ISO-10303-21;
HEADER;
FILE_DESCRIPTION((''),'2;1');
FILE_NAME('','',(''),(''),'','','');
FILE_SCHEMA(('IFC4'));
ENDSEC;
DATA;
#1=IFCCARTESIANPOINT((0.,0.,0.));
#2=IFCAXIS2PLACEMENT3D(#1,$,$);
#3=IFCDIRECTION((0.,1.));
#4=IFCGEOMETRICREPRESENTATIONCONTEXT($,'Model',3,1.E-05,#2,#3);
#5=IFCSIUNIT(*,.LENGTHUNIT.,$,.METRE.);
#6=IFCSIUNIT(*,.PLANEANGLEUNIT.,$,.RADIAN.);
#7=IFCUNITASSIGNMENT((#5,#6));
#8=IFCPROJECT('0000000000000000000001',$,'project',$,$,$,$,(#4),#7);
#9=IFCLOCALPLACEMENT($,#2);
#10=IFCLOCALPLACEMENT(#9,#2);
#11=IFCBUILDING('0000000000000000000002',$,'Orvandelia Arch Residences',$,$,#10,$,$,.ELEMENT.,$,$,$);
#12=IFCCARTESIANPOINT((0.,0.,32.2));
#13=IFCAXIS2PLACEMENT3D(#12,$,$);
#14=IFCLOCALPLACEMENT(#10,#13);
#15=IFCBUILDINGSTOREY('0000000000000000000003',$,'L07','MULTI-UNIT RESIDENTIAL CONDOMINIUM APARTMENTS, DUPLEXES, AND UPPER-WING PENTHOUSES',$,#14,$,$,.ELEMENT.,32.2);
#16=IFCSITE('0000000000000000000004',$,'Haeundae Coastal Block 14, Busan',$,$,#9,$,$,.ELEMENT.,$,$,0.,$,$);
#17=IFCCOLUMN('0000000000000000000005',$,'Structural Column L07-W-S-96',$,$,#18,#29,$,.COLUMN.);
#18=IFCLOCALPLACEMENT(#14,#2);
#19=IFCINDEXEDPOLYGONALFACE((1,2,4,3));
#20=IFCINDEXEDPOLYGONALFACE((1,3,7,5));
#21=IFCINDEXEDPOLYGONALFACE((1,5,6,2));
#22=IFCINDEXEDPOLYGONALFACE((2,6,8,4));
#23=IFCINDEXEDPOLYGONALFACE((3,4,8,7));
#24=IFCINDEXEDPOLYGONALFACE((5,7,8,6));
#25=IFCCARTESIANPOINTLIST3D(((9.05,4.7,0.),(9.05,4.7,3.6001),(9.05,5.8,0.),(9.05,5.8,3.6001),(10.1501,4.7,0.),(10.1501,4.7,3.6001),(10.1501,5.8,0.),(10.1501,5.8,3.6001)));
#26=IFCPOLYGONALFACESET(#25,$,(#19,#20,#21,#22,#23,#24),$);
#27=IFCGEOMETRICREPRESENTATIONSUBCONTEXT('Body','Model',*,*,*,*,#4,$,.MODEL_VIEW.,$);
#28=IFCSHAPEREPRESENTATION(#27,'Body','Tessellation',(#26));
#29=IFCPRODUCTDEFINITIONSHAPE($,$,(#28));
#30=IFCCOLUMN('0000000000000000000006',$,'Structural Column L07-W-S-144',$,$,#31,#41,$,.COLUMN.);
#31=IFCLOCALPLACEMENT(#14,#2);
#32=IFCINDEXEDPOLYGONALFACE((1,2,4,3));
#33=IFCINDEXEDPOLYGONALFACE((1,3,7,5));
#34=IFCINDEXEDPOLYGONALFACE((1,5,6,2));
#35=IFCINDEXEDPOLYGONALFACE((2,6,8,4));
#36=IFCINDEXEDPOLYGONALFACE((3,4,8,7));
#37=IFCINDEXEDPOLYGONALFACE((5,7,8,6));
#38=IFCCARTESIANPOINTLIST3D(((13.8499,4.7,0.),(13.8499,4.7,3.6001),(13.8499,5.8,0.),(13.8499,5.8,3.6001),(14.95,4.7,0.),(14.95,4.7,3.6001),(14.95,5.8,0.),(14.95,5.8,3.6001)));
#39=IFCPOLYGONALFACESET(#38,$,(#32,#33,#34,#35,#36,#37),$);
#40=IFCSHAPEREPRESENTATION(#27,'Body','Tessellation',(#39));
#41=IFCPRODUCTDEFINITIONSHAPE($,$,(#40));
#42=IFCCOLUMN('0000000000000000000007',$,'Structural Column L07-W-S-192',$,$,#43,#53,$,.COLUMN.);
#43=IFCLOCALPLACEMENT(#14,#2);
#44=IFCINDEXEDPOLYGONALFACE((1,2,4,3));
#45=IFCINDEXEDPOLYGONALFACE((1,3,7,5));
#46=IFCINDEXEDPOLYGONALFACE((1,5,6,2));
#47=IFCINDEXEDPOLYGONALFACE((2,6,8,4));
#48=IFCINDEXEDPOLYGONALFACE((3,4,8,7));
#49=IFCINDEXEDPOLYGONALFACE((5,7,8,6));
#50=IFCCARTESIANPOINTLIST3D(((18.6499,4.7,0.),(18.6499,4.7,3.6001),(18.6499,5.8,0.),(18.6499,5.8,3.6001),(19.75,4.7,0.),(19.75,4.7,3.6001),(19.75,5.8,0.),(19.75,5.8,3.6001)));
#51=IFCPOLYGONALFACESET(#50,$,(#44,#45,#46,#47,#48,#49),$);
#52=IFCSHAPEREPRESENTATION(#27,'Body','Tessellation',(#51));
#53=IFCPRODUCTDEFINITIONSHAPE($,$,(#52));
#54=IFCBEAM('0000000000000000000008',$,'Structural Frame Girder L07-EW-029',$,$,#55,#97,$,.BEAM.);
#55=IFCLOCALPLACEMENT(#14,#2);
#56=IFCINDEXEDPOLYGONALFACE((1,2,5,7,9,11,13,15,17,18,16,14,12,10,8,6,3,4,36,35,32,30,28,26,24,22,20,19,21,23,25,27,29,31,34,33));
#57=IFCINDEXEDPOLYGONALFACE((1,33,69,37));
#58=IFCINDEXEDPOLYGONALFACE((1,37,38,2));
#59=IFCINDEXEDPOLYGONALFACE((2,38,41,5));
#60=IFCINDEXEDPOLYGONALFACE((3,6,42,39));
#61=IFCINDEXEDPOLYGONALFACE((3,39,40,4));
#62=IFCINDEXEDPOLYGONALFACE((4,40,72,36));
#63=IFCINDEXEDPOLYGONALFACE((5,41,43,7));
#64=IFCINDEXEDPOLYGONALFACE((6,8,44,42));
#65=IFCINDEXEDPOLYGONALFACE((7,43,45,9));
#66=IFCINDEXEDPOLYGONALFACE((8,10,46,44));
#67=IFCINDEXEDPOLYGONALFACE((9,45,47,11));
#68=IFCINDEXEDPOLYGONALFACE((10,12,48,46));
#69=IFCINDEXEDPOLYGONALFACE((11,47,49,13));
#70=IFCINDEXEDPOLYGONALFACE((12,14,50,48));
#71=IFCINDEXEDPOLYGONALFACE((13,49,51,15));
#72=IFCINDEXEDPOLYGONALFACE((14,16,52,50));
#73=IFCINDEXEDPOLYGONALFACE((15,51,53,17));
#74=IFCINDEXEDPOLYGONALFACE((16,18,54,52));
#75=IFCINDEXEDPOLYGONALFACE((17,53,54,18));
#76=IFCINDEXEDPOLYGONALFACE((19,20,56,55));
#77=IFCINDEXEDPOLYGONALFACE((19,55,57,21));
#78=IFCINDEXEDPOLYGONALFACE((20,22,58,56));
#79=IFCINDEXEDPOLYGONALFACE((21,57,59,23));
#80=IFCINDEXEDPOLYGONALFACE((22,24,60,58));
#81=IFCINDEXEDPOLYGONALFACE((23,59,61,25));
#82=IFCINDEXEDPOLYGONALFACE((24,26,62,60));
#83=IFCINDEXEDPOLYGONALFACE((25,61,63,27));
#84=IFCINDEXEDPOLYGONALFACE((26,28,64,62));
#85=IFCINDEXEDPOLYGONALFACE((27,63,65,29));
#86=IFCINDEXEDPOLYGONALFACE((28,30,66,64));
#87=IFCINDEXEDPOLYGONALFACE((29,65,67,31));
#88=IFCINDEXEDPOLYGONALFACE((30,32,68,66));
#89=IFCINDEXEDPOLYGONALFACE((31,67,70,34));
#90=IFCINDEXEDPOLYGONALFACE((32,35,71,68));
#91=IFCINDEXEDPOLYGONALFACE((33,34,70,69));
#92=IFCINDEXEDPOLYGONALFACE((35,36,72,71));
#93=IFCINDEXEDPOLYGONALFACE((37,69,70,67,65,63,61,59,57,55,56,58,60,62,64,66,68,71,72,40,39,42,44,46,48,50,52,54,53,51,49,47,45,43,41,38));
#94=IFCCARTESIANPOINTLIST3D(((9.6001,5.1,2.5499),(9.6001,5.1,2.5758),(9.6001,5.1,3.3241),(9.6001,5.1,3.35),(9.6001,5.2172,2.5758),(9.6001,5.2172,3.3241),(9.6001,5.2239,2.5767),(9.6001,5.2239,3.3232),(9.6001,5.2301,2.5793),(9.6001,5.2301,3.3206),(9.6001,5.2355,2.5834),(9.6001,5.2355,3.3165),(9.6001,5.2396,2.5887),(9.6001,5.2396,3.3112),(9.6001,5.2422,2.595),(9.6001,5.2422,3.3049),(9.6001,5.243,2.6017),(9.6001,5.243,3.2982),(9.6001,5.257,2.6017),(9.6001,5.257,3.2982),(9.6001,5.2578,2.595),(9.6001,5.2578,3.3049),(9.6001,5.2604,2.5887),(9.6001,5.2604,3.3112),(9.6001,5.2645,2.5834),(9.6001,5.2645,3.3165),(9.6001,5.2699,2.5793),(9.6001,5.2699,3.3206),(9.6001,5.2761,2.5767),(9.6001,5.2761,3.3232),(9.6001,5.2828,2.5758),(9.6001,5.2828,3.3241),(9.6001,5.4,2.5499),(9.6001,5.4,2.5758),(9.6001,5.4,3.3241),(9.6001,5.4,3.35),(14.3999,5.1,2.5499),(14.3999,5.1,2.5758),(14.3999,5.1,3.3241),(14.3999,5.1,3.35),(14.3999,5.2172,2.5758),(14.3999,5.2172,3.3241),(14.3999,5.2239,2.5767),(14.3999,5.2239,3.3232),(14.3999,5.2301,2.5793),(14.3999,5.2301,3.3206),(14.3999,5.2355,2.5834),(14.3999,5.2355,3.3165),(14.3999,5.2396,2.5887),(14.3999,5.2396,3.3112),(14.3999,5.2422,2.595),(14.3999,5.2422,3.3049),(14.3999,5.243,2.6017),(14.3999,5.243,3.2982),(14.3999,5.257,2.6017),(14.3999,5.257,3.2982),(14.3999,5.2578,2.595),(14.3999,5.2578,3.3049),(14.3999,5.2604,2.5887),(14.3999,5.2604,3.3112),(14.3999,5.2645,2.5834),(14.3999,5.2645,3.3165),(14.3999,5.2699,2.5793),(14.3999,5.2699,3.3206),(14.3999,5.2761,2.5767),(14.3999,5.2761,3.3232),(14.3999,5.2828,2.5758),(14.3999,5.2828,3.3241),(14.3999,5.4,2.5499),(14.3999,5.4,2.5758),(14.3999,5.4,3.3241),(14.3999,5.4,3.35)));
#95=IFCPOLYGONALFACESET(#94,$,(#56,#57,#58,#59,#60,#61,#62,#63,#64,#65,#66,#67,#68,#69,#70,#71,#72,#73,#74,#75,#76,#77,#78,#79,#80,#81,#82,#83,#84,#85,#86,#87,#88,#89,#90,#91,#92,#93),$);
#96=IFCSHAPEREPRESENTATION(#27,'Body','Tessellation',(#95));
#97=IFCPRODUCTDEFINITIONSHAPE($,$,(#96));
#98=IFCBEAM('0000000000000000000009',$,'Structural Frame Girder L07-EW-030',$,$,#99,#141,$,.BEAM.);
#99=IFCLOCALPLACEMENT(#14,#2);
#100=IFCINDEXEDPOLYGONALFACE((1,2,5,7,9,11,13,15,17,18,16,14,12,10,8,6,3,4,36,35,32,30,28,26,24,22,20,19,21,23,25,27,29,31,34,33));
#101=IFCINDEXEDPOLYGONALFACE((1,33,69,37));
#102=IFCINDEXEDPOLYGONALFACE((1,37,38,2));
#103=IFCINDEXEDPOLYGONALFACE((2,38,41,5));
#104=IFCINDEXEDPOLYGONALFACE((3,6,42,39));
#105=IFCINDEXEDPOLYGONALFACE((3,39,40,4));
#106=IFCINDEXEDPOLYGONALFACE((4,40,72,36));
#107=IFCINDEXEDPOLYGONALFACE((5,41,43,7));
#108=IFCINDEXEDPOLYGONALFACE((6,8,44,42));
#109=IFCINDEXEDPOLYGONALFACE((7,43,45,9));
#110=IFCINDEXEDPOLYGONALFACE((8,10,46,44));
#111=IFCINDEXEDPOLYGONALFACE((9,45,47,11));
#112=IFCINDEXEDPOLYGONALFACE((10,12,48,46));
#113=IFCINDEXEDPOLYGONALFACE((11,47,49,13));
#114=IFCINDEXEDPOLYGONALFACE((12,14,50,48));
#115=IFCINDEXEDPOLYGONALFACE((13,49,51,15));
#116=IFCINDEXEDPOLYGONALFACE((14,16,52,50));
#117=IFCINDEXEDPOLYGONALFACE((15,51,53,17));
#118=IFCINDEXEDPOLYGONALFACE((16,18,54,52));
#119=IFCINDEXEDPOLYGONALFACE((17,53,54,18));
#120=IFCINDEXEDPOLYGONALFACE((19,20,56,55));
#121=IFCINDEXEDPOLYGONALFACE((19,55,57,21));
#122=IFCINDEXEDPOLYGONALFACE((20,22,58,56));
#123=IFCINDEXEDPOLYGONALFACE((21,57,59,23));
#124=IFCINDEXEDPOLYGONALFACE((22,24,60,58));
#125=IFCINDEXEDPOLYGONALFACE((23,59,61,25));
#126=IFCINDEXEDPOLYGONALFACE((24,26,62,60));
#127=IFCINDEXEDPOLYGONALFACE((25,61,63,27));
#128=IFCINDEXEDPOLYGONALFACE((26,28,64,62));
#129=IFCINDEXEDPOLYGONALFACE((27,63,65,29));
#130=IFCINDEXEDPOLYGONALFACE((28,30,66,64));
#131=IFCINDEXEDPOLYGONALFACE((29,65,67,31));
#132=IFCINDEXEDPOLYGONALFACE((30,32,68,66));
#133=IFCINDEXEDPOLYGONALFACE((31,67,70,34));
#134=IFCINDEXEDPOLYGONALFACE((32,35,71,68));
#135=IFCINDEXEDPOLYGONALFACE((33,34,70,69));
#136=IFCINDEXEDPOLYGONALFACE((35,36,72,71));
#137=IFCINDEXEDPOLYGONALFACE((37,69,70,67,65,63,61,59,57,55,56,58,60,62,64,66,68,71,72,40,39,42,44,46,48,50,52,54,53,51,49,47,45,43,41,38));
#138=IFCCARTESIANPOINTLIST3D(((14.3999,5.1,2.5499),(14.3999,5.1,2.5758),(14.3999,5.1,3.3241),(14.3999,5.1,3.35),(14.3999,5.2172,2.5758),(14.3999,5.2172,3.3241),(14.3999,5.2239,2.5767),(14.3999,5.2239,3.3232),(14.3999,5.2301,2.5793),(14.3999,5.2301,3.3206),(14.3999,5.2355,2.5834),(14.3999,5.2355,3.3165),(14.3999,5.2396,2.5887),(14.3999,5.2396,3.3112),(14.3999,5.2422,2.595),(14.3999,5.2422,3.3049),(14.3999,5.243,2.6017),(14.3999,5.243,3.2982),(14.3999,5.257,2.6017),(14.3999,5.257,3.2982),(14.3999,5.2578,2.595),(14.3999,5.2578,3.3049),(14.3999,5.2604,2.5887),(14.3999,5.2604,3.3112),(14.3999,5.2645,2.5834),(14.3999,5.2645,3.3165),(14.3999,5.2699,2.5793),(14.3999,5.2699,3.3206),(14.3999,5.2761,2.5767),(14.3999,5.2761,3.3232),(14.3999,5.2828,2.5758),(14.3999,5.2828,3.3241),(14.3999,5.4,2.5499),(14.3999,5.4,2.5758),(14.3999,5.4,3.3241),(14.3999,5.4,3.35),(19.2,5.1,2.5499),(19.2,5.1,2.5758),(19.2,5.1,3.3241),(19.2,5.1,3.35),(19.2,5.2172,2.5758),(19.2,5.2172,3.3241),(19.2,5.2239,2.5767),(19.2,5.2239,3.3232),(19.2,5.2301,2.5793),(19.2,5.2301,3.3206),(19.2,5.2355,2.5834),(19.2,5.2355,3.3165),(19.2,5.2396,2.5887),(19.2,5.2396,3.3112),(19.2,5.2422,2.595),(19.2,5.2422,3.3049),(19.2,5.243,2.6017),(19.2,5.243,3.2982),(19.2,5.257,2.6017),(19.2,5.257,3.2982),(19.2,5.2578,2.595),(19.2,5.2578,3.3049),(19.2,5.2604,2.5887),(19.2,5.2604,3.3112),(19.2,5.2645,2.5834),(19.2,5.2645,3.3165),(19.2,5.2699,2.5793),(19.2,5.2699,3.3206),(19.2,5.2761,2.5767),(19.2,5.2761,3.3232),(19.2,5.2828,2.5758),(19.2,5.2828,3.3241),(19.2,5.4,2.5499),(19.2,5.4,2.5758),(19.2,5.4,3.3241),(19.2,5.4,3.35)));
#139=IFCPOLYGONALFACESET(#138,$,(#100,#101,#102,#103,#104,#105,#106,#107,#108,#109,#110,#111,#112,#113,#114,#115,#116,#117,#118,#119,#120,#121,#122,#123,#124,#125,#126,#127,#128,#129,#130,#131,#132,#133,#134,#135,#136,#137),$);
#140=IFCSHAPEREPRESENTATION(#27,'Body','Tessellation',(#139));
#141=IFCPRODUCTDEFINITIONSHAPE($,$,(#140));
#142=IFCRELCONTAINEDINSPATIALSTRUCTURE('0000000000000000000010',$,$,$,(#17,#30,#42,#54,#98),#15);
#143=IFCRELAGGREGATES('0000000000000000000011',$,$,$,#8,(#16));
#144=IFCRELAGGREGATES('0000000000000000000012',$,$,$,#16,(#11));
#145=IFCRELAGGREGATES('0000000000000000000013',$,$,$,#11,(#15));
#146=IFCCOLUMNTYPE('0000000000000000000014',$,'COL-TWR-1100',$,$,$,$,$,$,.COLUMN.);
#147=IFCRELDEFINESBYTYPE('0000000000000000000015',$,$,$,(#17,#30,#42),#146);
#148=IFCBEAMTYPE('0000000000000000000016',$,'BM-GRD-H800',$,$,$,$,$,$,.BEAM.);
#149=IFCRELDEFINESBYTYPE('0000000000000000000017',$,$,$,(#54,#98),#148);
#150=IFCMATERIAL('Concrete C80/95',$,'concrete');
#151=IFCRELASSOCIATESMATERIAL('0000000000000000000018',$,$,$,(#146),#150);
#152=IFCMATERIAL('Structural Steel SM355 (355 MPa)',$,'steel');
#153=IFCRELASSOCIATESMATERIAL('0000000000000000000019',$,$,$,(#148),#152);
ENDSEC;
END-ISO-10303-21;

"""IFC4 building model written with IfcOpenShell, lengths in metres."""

from ifc_helpers import new_model, si_unit, direction, frame, origin, origin_2d, place, context, subcontext, project, spatial, rectangle, i_section, extrude, material, material_profile, profile_set, type_object, element, save


model = new_model("IFC4")

# Units and contexts
model_context = context("Model", 3, precision=1e-05, world=origin(), true_north=direction((0.0, 1.0)))
body_context = subcontext(model_context, "Body", "Model", "MODEL_VIEW")
ifc_project = project(units=[si_unit("LENGTHUNIT", "METRE"), si_unit("PLANEANGLEUNIT", "RADIAN")], contexts=[model_context])

# Site, building, storey
site_placement = place(None, origin())
site = spatial("IfcSite", under=ifc_project, at=site_placement, Name="Haeundae Coastal Block 14, Busan", CompositionType="ELEMENT", RefElevation=0.0)
building_placement = place(site_placement, origin())
building = spatial("IfcBuilding", under=site, at=building_placement, Name="Orvandelia Arch Residences", CompositionType="ELEMENT")
storey_placement = place(building_placement, frame((0.0, 0.0, 32.2)))
storey = spatial("IfcBuildingStorey", under=building, at=storey_placement, Name="L07", Description="MULTI-UNIT RESIDENTIAL CONDOMINIUM APARTMENTS, DUPLEXES, AND UPPER-WING PENTHOUSES", CompositionType="ELEMENT", Elevation=32.2)

# Columns
ifc_material_1 = material(Name="Concrete C80/95", Category="concrete")
ifc_material_profile_1 = material_profile(ifc_material_1, rectangle(XDim=1.1001, YDim=1.1001, at=origin_2d()), Name="Concrete C80/95", Category="concrete")
ifc_profile_set_1 = profile_set([ifc_material_profile_1], Name="Concrete C80/95")
column_type = type_object("IfcColumnType", Name="COL-TWR-1100", PredefinedType="COLUMN", material=ifc_profile_set_1)
for number, where, z_axis, x_axis, name in (
    (1, (9.6001, 5.25, 0.0), (0.0, 0.0, 1.0), (1.0, 0.0, 0.0), "Structural Column L07-W-S-96"),
    (2, (14.3999, 5.25, 0.0), (0.0, 0.0, 1.0), (1.0, 0.0, 0.0), "Structural Column L07-W-S-144"),
    (3, (19.2, 5.25, 0.0), (0.0, 0.0, 1.0), (1.0, 0.0, 0.0), "Structural Column L07-W-S-192"),
):
    element("IfcColumn", number, at=place(storey_placement, frame(where, z_axis=z_axis, x_axis=x_axis)), inside=storey, type_object=column_type, Name=name, PredefinedType="COLUMN", context=body_context, shape_type="SweptSolid", body=[
        extrude(rectangle(XDim=1.1001, YDim=1.1001, at=origin_2d()), origin(), (0.0, 0.0, 1.0), 3.6001),
    ])

# Beams
ifc_material_2 = material(Name="Structural Steel SM355 (355 MPa)", Category="steel")
ifc_material_profile_2 = material_profile(ifc_material_2, i_section(OverallWidth=0.3, OverallDepth=0.8, WebThickness=0.0139, FlangeThickness=0.0259, FilletRadius=0.0259, at=origin_2d()), Name="Structural Steel SM355 (355 MPa)", Category="steel")
ifc_profile_set_2 = profile_set([ifc_material_profile_2], Name="Structural Steel SM355 (355 MPa)")
beam_type = type_object("IfcBeamType", Name="BM-GRD-H800", PredefinedType="BEAM", material=ifc_profile_set_2)
beam_1_placement = place(storey_placement, frame((9.6001, 5.25, 2.95), z_axis=(1.0, 0.0, 0.0), x_axis=(0.0, 1.0, 0.0)))
element("IfcBeam", 4, at=beam_1_placement, inside=storey, type_object=beam_type, Name="Structural Frame Girder L07-EW-029", PredefinedType="BEAM", context=body_context, shape_type="SweptSolid", body=[
    extrude(i_section(OverallWidth=0.3, OverallDepth=0.8, WebThickness=0.0139, FlangeThickness=0.0259, FilletRadius=0.0259, at=origin_2d()), origin(), (0.0, 0.0, 1.0), 4.7998),
])
beam_2_placement = place(storey_placement, frame((14.3999, 5.25, 2.95), z_axis=(1.0, 0.0, 0.0), x_axis=(0.0, 1.0, 0.0)))
element("IfcBeam", 5, at=beam_2_placement, inside=storey, type_object=beam_type, Name="Structural Frame Girder L07-EW-030", PredefinedType="BEAM", context=body_context, shape_type="SweptSolid", body=[
    extrude(i_section(OverallWidth=0.3, OverallDepth=0.8, WebThickness=0.0139, FlangeThickness=0.0259, FilletRadius=0.0259, at=origin_2d()), origin(), (0.0, 0.0, 1.0), 4.8),
])

save(model, "model.ifc")
